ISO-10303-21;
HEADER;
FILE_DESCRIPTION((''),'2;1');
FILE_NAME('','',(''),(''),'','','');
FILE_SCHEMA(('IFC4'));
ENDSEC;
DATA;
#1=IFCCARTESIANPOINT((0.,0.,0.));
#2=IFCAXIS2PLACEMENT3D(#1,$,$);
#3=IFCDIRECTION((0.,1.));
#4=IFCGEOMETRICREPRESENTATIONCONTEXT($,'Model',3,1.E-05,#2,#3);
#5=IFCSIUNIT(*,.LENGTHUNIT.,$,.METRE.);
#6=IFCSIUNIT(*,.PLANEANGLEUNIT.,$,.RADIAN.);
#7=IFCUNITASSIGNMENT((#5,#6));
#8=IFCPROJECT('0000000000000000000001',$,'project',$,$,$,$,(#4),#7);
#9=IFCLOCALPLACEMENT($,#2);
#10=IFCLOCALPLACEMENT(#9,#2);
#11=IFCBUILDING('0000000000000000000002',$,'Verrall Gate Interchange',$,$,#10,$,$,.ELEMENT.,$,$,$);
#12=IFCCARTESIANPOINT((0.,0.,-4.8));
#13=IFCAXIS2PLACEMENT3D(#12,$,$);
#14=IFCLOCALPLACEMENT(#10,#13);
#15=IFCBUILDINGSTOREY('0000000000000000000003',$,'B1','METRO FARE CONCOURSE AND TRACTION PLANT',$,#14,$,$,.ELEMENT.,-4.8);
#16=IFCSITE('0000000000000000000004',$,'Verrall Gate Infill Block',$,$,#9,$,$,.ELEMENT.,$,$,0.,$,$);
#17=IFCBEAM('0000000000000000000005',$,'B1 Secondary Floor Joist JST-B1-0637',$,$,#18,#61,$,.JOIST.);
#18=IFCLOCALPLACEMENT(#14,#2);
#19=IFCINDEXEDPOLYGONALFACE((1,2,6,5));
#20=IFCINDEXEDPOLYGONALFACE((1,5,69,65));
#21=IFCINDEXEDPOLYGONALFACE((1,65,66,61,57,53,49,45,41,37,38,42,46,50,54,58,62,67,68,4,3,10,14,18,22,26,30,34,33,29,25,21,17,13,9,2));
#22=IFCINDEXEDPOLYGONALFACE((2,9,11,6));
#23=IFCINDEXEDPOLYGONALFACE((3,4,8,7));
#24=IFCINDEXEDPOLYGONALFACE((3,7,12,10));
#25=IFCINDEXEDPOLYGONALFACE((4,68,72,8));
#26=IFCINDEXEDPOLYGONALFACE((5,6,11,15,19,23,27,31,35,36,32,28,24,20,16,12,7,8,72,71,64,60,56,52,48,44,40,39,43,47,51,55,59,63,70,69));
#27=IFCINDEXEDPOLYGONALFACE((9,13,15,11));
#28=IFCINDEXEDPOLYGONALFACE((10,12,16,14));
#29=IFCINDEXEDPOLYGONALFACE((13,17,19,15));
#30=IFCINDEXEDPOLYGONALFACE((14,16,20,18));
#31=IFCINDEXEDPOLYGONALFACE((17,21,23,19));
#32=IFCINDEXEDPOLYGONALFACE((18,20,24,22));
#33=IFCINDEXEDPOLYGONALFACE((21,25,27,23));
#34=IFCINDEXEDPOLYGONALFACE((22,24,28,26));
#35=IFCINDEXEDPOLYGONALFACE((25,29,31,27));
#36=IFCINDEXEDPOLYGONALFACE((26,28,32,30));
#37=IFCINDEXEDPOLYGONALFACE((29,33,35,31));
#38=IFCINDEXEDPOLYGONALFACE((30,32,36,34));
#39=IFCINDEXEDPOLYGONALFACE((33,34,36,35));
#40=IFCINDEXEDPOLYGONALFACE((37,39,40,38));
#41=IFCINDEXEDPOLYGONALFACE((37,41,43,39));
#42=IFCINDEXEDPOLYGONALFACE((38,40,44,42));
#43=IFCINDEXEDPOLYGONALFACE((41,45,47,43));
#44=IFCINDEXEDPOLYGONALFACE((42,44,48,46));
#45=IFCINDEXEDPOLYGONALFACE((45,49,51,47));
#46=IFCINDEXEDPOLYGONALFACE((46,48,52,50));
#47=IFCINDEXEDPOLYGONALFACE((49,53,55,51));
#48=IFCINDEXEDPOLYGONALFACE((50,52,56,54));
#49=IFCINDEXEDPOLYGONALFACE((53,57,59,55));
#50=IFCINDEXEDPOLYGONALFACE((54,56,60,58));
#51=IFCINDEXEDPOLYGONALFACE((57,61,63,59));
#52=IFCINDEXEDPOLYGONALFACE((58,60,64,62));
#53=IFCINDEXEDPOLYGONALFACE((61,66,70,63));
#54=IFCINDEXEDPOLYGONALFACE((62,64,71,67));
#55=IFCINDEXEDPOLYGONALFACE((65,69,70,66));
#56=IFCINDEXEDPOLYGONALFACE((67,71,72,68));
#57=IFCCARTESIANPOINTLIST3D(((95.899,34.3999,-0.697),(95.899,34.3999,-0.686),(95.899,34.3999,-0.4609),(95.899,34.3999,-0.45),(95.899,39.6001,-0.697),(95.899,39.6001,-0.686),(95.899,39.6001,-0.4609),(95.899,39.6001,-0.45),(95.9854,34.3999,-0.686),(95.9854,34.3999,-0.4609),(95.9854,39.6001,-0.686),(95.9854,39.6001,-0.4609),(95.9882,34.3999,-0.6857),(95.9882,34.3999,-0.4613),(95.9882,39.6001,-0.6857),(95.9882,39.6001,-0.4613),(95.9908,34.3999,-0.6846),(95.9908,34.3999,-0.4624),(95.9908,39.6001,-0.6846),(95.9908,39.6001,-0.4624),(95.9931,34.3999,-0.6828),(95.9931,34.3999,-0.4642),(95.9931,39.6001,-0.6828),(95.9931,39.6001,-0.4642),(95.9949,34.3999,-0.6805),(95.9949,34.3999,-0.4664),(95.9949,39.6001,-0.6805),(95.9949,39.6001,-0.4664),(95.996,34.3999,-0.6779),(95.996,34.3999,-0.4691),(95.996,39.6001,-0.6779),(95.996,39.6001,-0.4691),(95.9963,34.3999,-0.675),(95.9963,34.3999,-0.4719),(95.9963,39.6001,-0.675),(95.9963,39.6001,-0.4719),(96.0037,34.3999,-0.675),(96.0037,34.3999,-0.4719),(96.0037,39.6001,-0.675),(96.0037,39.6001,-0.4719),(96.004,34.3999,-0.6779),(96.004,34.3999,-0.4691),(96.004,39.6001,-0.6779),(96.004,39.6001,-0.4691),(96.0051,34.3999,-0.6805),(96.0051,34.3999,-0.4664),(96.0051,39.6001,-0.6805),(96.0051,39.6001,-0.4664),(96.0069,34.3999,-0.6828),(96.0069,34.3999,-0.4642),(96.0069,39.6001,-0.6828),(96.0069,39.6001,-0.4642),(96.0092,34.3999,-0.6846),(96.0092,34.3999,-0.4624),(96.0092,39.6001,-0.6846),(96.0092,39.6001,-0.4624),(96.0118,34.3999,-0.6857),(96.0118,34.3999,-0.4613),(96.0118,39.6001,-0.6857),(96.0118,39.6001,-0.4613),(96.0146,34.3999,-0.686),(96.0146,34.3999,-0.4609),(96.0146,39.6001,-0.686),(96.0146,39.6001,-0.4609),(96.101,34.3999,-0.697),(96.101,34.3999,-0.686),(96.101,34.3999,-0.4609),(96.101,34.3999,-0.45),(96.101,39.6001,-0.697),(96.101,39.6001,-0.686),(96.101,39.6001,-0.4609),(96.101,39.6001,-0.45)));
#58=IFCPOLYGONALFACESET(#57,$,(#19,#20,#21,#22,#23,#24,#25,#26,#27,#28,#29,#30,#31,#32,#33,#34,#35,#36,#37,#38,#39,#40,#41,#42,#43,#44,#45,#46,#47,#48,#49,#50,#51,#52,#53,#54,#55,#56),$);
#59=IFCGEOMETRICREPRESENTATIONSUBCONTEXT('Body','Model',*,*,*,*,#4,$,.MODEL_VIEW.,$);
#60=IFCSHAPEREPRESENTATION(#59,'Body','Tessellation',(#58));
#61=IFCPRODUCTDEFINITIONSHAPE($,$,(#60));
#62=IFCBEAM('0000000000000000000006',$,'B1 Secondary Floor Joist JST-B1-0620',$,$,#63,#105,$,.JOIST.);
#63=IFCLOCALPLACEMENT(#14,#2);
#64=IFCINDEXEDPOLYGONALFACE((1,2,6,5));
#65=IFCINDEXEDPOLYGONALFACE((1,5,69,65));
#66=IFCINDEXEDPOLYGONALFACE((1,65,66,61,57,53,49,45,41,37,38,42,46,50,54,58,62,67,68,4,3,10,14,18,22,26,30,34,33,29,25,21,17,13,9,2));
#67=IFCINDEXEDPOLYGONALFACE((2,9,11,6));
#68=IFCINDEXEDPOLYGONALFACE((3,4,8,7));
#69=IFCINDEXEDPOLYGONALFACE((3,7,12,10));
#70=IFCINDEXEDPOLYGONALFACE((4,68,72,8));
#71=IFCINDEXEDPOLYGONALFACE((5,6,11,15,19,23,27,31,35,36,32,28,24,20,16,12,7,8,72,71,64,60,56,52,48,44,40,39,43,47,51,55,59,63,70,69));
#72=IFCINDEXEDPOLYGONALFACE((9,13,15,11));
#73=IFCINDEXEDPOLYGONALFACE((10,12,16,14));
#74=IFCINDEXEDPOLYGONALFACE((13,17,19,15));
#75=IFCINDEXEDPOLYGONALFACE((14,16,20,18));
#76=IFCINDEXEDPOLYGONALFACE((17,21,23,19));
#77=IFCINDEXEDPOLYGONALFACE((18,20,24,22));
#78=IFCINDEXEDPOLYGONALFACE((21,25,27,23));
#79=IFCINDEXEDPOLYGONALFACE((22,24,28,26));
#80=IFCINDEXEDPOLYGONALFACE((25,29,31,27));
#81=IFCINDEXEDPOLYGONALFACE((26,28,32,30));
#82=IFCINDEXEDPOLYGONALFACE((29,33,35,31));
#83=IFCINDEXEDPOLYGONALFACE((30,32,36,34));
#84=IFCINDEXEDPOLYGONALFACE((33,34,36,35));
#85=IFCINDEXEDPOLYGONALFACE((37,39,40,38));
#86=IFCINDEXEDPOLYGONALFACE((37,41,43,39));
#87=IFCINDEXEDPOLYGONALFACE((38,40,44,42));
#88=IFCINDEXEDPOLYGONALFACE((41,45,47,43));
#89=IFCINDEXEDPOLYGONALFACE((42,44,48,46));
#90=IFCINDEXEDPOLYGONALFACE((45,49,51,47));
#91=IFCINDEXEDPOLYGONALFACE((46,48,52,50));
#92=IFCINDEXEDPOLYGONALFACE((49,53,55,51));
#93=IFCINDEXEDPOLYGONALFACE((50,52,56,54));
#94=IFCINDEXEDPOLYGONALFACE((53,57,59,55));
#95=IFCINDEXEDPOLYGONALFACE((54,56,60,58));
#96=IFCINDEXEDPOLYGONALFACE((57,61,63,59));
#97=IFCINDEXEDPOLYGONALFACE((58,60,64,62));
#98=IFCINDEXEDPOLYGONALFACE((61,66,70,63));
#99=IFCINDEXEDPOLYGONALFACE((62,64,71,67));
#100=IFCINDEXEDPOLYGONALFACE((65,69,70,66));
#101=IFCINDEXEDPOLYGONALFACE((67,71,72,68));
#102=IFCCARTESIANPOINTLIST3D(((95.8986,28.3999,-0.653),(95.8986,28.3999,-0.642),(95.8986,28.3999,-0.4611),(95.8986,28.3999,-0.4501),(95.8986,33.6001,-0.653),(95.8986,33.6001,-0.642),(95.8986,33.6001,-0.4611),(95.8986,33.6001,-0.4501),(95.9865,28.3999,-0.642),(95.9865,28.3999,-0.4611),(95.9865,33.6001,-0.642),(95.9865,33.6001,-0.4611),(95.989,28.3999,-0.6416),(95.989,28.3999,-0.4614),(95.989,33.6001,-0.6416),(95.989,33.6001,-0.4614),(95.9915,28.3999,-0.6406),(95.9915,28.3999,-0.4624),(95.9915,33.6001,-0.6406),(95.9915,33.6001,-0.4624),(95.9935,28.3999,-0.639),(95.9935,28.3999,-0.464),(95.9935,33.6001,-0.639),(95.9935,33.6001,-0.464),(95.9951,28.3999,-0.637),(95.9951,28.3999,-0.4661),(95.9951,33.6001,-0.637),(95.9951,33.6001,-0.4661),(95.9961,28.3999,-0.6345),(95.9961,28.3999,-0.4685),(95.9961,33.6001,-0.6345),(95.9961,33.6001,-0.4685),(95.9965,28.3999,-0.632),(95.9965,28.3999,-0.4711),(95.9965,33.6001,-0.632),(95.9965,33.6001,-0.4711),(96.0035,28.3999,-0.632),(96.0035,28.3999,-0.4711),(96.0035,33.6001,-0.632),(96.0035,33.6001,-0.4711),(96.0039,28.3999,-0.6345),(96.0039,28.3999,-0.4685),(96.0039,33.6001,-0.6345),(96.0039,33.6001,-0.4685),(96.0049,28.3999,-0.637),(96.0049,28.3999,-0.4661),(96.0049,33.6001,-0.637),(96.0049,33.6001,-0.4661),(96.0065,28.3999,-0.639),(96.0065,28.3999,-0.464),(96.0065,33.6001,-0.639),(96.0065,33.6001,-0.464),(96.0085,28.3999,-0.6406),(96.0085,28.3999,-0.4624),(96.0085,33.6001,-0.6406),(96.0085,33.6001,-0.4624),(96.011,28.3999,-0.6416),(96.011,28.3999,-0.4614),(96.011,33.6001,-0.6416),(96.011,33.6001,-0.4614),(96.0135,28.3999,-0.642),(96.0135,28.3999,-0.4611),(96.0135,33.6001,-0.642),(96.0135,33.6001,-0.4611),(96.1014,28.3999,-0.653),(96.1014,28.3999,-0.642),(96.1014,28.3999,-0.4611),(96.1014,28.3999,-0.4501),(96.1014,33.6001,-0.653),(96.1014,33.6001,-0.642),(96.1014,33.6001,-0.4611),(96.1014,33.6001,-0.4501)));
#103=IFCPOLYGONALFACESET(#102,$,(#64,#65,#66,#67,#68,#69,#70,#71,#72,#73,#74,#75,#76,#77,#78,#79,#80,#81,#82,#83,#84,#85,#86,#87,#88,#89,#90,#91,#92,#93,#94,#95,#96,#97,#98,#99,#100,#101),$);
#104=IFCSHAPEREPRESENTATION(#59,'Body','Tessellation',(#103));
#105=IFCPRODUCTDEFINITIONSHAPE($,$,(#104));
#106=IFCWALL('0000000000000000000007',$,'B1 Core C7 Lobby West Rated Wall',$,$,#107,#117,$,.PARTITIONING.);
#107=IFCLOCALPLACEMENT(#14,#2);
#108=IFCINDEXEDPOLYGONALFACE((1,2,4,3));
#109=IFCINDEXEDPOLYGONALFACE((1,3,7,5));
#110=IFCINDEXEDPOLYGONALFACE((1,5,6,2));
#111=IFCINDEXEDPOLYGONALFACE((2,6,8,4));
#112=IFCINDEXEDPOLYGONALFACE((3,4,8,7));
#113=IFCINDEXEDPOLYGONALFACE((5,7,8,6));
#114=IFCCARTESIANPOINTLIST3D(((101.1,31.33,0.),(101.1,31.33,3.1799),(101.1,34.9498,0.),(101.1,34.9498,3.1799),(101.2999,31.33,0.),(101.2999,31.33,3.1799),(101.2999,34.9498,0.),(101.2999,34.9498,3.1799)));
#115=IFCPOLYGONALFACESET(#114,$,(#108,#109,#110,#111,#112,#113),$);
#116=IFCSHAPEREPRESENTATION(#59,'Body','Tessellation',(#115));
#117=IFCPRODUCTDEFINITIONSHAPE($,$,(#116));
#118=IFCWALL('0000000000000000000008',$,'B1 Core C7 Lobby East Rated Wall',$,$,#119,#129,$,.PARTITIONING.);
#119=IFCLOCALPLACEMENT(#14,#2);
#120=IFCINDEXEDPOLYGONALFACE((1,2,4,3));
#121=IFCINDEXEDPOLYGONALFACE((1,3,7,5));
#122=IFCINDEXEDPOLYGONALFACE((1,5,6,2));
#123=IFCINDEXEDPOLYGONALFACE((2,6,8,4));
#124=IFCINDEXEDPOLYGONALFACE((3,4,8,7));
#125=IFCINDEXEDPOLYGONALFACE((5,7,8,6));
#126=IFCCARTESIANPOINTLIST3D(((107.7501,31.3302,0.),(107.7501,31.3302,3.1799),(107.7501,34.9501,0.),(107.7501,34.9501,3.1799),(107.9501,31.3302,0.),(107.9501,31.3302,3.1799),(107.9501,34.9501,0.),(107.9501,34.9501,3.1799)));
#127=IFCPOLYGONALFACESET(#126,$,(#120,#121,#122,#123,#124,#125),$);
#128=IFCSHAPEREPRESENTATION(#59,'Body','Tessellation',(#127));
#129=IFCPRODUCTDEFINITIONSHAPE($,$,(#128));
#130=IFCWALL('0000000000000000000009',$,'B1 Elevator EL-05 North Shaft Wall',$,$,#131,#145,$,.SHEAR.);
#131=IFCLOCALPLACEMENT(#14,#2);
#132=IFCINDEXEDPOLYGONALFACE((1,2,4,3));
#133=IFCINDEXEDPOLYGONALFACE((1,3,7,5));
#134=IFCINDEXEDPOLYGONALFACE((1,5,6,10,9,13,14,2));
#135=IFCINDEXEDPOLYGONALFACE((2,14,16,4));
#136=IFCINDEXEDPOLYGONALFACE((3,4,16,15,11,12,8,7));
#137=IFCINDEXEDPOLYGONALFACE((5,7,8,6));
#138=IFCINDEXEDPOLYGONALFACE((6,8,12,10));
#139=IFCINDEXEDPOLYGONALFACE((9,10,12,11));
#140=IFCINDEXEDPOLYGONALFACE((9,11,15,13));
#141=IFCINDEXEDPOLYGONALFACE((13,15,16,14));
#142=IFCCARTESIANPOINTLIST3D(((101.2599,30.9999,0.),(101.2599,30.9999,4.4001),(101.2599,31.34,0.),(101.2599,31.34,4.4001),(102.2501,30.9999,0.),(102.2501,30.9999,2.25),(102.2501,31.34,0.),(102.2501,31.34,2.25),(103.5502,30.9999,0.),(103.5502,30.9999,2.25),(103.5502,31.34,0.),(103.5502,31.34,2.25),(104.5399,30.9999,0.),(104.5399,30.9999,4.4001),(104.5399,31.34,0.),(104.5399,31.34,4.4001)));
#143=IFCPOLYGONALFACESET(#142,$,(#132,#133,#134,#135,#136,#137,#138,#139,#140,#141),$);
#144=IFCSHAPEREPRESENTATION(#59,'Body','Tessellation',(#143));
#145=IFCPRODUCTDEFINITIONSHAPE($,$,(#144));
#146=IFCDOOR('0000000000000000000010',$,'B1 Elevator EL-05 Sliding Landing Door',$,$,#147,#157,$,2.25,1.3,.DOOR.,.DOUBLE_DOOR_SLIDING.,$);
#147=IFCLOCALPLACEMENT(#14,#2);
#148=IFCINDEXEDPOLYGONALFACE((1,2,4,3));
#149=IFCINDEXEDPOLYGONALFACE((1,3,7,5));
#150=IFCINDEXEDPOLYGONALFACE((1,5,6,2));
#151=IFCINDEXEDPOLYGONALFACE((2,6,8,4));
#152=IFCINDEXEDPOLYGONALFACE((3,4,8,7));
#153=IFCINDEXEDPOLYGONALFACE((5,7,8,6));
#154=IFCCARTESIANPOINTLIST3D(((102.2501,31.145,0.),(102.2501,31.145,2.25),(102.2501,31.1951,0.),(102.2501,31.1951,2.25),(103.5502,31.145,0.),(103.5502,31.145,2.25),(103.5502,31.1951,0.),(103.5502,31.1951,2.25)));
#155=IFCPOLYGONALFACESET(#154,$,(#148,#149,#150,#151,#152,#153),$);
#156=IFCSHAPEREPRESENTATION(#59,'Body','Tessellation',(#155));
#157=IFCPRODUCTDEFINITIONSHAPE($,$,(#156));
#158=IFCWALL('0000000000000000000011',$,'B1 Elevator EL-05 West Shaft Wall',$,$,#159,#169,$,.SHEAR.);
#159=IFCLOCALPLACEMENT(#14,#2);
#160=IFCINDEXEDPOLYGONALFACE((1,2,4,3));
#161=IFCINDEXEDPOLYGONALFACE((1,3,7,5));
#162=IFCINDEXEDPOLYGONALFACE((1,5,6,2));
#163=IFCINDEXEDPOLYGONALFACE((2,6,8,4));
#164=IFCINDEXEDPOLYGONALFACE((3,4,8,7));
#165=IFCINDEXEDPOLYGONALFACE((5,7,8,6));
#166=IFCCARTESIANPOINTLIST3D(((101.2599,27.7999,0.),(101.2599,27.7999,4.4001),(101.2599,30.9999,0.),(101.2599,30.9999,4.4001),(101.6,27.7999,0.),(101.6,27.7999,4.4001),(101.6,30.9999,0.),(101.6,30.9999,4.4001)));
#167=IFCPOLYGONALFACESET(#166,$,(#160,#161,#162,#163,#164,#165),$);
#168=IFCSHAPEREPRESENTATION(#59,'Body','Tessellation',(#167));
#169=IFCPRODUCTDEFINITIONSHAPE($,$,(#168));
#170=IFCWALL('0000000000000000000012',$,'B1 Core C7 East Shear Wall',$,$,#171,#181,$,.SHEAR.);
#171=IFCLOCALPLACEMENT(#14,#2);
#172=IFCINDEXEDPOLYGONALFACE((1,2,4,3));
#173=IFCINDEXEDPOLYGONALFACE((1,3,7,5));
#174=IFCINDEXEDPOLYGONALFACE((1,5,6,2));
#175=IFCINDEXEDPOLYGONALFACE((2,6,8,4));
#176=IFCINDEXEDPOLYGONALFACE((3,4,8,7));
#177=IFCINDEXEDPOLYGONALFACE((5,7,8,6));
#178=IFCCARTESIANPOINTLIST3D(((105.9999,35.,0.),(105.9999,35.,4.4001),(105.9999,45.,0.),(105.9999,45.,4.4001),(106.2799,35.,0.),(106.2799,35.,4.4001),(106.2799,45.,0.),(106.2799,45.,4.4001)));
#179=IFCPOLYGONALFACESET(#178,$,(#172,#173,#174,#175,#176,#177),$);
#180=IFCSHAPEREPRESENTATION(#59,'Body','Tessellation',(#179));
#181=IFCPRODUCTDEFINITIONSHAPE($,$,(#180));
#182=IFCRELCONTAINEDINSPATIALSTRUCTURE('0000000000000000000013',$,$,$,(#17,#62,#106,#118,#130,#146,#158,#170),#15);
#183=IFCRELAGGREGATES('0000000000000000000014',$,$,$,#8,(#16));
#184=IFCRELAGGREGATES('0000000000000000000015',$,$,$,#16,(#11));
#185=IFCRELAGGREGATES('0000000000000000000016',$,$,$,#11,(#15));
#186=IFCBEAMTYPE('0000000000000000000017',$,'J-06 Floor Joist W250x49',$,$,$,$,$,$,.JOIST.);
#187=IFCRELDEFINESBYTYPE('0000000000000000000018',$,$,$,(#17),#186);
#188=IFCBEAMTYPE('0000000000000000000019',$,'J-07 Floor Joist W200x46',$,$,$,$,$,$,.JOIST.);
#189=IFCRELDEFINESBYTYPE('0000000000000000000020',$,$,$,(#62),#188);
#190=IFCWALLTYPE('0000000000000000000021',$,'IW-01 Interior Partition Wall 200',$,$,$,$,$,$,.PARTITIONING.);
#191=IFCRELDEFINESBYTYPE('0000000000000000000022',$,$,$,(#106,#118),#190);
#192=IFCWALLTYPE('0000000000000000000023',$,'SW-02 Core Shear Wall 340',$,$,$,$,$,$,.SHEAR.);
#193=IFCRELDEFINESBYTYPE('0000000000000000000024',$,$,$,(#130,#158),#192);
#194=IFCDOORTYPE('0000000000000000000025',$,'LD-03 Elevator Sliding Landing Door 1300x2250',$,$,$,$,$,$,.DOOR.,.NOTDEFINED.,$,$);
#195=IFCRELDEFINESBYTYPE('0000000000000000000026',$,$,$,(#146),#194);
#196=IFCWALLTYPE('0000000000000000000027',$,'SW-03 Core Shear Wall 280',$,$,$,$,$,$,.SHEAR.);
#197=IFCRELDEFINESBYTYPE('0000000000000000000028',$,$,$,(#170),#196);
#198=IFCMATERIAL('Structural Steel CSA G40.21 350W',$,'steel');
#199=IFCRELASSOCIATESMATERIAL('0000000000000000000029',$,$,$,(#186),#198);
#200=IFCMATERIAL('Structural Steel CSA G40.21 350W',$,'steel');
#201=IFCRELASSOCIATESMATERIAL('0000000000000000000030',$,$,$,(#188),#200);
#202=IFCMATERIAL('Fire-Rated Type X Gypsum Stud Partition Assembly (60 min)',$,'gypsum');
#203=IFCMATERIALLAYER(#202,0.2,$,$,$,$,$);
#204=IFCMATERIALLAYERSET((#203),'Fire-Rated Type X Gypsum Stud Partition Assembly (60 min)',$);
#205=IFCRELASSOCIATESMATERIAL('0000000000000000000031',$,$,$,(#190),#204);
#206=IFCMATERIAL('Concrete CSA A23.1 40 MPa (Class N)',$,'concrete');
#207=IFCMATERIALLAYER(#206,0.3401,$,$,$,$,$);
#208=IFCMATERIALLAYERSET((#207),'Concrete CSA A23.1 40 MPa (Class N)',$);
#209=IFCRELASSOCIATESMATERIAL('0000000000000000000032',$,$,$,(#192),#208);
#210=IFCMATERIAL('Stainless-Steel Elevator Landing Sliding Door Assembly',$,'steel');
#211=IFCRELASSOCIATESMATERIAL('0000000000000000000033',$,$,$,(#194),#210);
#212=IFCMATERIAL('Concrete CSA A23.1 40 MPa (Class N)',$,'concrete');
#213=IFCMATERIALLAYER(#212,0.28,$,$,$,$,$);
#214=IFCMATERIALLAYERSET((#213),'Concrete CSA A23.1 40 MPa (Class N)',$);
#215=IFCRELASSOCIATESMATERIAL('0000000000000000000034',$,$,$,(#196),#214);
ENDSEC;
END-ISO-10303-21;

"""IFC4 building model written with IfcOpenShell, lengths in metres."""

from ifc_helpers import new_model, si_unit, direction, frame, frame_2d, origin, origin_2d, place, context, subcontext, project, spatial, rectangle, i_section, extrude, material, layer, layer_set, material_profile, profile_set, type_object, element, fill, save


model = new_model("IFC4")

# Units and contexts
model_context = context("Model", 3, precision=1e-05, world=origin(), true_north=direction((0.0, 1.0)))
body_context = subcontext(model_context, "Body", "Model", "MODEL_VIEW")
ifc_project = project(units=[si_unit("LENGTHUNIT", "METRE"), si_unit("PLANEANGLEUNIT", "RADIAN")], contexts=[model_context])

# Site, building, storey
site_placement = place(None, origin())
site = spatial("IfcSite", under=ifc_project, at=site_placement, Name="Verrall Gate Infill Block", CompositionType="ELEMENT", RefElevation=0.0)
building_placement = place(site_placement, origin())
building = spatial("IfcBuilding", under=site, at=building_placement, Name="Verrall Gate Interchange", CompositionType="ELEMENT")
storey_placement = place(building_placement, frame((0.0, 0.0, -4.8)))
storey = spatial("IfcBuildingStorey", under=building, at=storey_placement, Name="B1", Description="METRO FARE CONCOURSE AND TRACTION PLANT", CompositionType="ELEMENT", Elevation=-4.8)

# Beams
ifc_material_1 = material(Name="Structural Steel CSA G40.21 350W", Category="steel")
ifc_material_profile_1 = material_profile(ifc_material_1, i_section(OverallWidth=0.2019, OverallDepth=0.2471, WebThickness=0.0073, FlangeThickness=0.011, FilletRadius=0.011, at=origin_2d()), Name="W250x49")
ifc_profile_set_1 = profile_set([ifc_material_profile_1], Name="Structural Steel CSA G40.21 350W")
beam_type_1 = type_object("IfcBeamType", Name="J-06 Floor Joist W250x49", PredefinedType="JOIST", material=ifc_profile_set_1)
beam_1_placement = place(storey_placement, frame((96.0, 34.3999, -0.5735), z_axis=(0.0, 1.0, 0.0), x_axis=(-1.0, 0.0, 0.0)))
element("IfcBeam", 1, at=beam_1_placement, inside=storey, type_object=beam_type_1, Name="B1 Secondary Floor Joist JST-B1-0637", PredefinedType="JOIST", context=body_context, shape_type="SweptSolid", body=[
    extrude(i_section(OverallWidth=0.2019, OverallDepth=0.2471, WebThickness=0.0073, FlangeThickness=0.011, FilletRadius=0.011, at=origin_2d()), origin(), (0.0, 0.0, 1.0), 5.2002),
])
ifc_material_2 = material(Name="Structural Steel CSA G40.21 350W", Category="steel")
ifc_material_profile_2 = material_profile(ifc_material_2, i_section(OverallWidth=0.2029, OverallDepth=0.2029, WebThickness=0.0071, FlangeThickness=0.011, FilletRadius=0.01, at=origin_2d()), Name="W200x46")
ifc_profile_set_2 = profile_set([ifc_material_profile_2], Name="Structural Steel CSA G40.21 350W")
beam_type_2 = type_object("IfcBeamType", Name="J-07 Floor Joist W200x46", PredefinedType="JOIST", material=ifc_profile_set_2)
beam_2_placement = place(storey_placement, frame((96.0, 28.3999, -0.5515), z_axis=(0.0, 1.0, 0.0), x_axis=(-1.0, 0.0, 0.0)))
element("IfcBeam", 2, at=beam_2_placement, inside=storey, type_object=beam_type_2, Name="B1 Secondary Floor Joist JST-B1-0620", PredefinedType="JOIST", context=body_context, shape_type="SweptSolid", body=[
    extrude(i_section(OverallWidth=0.2029, OverallDepth=0.2029, WebThickness=0.0071, FlangeThickness=0.011, FilletRadius=0.01, at=origin_2d()), origin(), (0.0, 0.0, 1.0), 5.2002),
])

# Shared definitions
ifc_material_3 = material(Name="Fire-Rated Type X Gypsum Stud Partition Assembly (60 min)", Category="gypsum")
ifc_layer_1 = layer(ifc_material_3, 0.2)
ifc_layer_set_1 = layer_set([ifc_layer_1], Name="Fire-Rated Type X Gypsum Stud Partition Assembly (60 min)")
wall_type_1 = type_object("IfcWallType", Name="IW-01 Interior Partition Wall 200", PredefinedType="PARTITIONING", material=ifc_layer_set_1)

# Walls
for number, where, z_axis, x_axis, name in (
    (3, (101.2, 34.95, 0.0), (0.0, 0.0, 1.0), (0.0, -1.0, 0.0), "B1 Core C7 Lobby West Rated Wall"),
    (4, (107.8501, 31.3301, 0.0), (0.0, 0.0, 1.0), (0.0, 1.0, 0.0), "B1 Core C7 Lobby East Rated Wall"),
):
    element("IfcWall", number, at=place(storey_placement, frame(where, z_axis=z_axis, x_axis=x_axis)), inside=storey, type_object=wall_type_1, Name=name, PredefinedType="PARTITIONING", context=body_context, shape_type="SweptSolid", body=[
        extrude(rectangle(XDim=3.6199, YDim=0.2, at=frame_2d((1.8101, 0.0))), origin(), (0.0, 0.0, 1.0), 3.1799),
    ])

# Wall, opening, door
ifc_material_4 = material(Name="Concrete CSA A23.1 40 MPa (Class N)", Category="concrete")
ifc_layer_2 = layer(ifc_material_4, 0.3401)
ifc_layer_set_2 = layer_set([ifc_layer_2], Name="Concrete CSA A23.1 40 MPa (Class N)")
wall_type_2 = type_object("IfcWallType", Name="SW-02 Core Shear Wall 340", PredefinedType="SHEAR", material=ifc_layer_set_2)
wall_1_placement = place(storey_placement, frame((104.54, 31.1699, 0.0), z_axis=(0.0, 0.0, 1.0), x_axis=(-1.0, 0.0, 0.0)))
wall_1 = element("IfcWall", 5, at=wall_1_placement, inside=storey, type_object=wall_type_2, Name="B1 Elevator EL-05 North Shaft Wall", PredefinedType="SHEAR", context=body_context, shape_type="SweptSolid", body=[
    extrude(rectangle(XDim=3.28, YDim=0.3401, at=frame_2d((1.6401, 0.0))), origin(), (0.0, 0.0, 1.0), 4.4001),
])
opening_1_placement = place(wall_1_placement, frame((0.99, 0.0, 0.0)))
opening_1 = element("IfcOpeningElement", 6, at=opening_1_placement, cuts=wall_1, PredefinedType="OPENING", context=body_context, shape_type="SweptSolid", body=[
    extrude(rectangle(XDim=1.3, YDim=2.25, at=frame_2d((0.6499, 1.125))), frame((0.0, 0.1851, 0.0), z_axis=(0.0, -1.0, 0.0), x_axis=(1.0, 0.0, 0.0)), (0.0, 0.0, 1.0), 0.3699),
])
ifc_material_5 = material(Name="Stainless-Steel Elevator Landing Sliding Door Assembly", Category="steel")
door_type_1 = type_object("IfcDoorType", Name="LD-03 Elevator Sliding Landing Door 1300x2250", OperationType="NOTDEFINED", PredefinedType="DOOR", material=ifc_material_5)
door_1_placement = place(opening_1_placement, origin())
door_1 = element("IfcDoor", 7, at=door_1_placement, inside=storey, type_object=door_type_1, Name="B1 Elevator EL-05 Sliding Landing Door", OperationType="DOUBLE_DOOR_SLIDING", OverallHeight=2.25, OverallWidth=1.3, PredefinedType="DOOR", context=body_context, shape_type="SweptSolid", body=[
    extrude(rectangle(XDim=1.3, YDim=2.25, at=frame_2d((0.6499, 1.125))), frame((0.0, 0.0249, 0.0), z_axis=(0.0, -1.0, 0.0), x_axis=(1.0, 0.0, 0.0)), (0.0, 0.0, 1.0), 0.05),
])
fill(opening_1, door_1)

# Wall
wall_2_placement = place(storey_placement, frame((101.4299, 31.0, 0.0), z_axis=(0.0, 0.0, 1.0), x_axis=(0.0, -1.0, 0.0)))
element("IfcWall", 8, at=wall_2_placement, inside=storey, type_object=wall_type_2, Name="B1 Elevator EL-05 West Shaft Wall", PredefinedType="SHEAR", context=body_context, shape_type="SweptSolid", body=[
    extrude(rectangle(XDim=3.2, YDim=0.3401, at=frame_2d((1.6001, 0.0))), origin(), (0.0, 0.0, 1.0), 4.4001),
])

# Shared definitions
ifc_material_6 = material(Name="Concrete CSA A23.1 40 MPa (Class N)", Category="concrete")
ifc_layer_3 = layer(ifc_material_6, 0.28)
ifc_layer_set_3 = layer_set([ifc_layer_3], Name="Concrete CSA A23.1 40 MPa (Class N)")
wall_type_3 = type_object("IfcWallType", Name="SW-03 Core Shear Wall 280", PredefinedType="SHEAR", material=ifc_layer_set_3)

# Wall
wall_3_placement = place(storey_placement, frame((106.1399, 35.0, 0.0), z_axis=(0.0, 0.0, 1.0), x_axis=(0.0, 1.0, 0.0)))
element("IfcWall", 9, at=wall_3_placement, inside=storey, type_object=wall_type_3, Name="B1 Core C7 East Shear Wall", PredefinedType="SHEAR", context=body_context, shape_type="SweptSolid", body=[
    extrude(rectangle(XDim=10.0, YDim=0.28, at=frame_2d((5.0, 0.0))), origin(), (0.0, 0.0, 1.0), 4.4001),
])

save(model, "model.ifc")
